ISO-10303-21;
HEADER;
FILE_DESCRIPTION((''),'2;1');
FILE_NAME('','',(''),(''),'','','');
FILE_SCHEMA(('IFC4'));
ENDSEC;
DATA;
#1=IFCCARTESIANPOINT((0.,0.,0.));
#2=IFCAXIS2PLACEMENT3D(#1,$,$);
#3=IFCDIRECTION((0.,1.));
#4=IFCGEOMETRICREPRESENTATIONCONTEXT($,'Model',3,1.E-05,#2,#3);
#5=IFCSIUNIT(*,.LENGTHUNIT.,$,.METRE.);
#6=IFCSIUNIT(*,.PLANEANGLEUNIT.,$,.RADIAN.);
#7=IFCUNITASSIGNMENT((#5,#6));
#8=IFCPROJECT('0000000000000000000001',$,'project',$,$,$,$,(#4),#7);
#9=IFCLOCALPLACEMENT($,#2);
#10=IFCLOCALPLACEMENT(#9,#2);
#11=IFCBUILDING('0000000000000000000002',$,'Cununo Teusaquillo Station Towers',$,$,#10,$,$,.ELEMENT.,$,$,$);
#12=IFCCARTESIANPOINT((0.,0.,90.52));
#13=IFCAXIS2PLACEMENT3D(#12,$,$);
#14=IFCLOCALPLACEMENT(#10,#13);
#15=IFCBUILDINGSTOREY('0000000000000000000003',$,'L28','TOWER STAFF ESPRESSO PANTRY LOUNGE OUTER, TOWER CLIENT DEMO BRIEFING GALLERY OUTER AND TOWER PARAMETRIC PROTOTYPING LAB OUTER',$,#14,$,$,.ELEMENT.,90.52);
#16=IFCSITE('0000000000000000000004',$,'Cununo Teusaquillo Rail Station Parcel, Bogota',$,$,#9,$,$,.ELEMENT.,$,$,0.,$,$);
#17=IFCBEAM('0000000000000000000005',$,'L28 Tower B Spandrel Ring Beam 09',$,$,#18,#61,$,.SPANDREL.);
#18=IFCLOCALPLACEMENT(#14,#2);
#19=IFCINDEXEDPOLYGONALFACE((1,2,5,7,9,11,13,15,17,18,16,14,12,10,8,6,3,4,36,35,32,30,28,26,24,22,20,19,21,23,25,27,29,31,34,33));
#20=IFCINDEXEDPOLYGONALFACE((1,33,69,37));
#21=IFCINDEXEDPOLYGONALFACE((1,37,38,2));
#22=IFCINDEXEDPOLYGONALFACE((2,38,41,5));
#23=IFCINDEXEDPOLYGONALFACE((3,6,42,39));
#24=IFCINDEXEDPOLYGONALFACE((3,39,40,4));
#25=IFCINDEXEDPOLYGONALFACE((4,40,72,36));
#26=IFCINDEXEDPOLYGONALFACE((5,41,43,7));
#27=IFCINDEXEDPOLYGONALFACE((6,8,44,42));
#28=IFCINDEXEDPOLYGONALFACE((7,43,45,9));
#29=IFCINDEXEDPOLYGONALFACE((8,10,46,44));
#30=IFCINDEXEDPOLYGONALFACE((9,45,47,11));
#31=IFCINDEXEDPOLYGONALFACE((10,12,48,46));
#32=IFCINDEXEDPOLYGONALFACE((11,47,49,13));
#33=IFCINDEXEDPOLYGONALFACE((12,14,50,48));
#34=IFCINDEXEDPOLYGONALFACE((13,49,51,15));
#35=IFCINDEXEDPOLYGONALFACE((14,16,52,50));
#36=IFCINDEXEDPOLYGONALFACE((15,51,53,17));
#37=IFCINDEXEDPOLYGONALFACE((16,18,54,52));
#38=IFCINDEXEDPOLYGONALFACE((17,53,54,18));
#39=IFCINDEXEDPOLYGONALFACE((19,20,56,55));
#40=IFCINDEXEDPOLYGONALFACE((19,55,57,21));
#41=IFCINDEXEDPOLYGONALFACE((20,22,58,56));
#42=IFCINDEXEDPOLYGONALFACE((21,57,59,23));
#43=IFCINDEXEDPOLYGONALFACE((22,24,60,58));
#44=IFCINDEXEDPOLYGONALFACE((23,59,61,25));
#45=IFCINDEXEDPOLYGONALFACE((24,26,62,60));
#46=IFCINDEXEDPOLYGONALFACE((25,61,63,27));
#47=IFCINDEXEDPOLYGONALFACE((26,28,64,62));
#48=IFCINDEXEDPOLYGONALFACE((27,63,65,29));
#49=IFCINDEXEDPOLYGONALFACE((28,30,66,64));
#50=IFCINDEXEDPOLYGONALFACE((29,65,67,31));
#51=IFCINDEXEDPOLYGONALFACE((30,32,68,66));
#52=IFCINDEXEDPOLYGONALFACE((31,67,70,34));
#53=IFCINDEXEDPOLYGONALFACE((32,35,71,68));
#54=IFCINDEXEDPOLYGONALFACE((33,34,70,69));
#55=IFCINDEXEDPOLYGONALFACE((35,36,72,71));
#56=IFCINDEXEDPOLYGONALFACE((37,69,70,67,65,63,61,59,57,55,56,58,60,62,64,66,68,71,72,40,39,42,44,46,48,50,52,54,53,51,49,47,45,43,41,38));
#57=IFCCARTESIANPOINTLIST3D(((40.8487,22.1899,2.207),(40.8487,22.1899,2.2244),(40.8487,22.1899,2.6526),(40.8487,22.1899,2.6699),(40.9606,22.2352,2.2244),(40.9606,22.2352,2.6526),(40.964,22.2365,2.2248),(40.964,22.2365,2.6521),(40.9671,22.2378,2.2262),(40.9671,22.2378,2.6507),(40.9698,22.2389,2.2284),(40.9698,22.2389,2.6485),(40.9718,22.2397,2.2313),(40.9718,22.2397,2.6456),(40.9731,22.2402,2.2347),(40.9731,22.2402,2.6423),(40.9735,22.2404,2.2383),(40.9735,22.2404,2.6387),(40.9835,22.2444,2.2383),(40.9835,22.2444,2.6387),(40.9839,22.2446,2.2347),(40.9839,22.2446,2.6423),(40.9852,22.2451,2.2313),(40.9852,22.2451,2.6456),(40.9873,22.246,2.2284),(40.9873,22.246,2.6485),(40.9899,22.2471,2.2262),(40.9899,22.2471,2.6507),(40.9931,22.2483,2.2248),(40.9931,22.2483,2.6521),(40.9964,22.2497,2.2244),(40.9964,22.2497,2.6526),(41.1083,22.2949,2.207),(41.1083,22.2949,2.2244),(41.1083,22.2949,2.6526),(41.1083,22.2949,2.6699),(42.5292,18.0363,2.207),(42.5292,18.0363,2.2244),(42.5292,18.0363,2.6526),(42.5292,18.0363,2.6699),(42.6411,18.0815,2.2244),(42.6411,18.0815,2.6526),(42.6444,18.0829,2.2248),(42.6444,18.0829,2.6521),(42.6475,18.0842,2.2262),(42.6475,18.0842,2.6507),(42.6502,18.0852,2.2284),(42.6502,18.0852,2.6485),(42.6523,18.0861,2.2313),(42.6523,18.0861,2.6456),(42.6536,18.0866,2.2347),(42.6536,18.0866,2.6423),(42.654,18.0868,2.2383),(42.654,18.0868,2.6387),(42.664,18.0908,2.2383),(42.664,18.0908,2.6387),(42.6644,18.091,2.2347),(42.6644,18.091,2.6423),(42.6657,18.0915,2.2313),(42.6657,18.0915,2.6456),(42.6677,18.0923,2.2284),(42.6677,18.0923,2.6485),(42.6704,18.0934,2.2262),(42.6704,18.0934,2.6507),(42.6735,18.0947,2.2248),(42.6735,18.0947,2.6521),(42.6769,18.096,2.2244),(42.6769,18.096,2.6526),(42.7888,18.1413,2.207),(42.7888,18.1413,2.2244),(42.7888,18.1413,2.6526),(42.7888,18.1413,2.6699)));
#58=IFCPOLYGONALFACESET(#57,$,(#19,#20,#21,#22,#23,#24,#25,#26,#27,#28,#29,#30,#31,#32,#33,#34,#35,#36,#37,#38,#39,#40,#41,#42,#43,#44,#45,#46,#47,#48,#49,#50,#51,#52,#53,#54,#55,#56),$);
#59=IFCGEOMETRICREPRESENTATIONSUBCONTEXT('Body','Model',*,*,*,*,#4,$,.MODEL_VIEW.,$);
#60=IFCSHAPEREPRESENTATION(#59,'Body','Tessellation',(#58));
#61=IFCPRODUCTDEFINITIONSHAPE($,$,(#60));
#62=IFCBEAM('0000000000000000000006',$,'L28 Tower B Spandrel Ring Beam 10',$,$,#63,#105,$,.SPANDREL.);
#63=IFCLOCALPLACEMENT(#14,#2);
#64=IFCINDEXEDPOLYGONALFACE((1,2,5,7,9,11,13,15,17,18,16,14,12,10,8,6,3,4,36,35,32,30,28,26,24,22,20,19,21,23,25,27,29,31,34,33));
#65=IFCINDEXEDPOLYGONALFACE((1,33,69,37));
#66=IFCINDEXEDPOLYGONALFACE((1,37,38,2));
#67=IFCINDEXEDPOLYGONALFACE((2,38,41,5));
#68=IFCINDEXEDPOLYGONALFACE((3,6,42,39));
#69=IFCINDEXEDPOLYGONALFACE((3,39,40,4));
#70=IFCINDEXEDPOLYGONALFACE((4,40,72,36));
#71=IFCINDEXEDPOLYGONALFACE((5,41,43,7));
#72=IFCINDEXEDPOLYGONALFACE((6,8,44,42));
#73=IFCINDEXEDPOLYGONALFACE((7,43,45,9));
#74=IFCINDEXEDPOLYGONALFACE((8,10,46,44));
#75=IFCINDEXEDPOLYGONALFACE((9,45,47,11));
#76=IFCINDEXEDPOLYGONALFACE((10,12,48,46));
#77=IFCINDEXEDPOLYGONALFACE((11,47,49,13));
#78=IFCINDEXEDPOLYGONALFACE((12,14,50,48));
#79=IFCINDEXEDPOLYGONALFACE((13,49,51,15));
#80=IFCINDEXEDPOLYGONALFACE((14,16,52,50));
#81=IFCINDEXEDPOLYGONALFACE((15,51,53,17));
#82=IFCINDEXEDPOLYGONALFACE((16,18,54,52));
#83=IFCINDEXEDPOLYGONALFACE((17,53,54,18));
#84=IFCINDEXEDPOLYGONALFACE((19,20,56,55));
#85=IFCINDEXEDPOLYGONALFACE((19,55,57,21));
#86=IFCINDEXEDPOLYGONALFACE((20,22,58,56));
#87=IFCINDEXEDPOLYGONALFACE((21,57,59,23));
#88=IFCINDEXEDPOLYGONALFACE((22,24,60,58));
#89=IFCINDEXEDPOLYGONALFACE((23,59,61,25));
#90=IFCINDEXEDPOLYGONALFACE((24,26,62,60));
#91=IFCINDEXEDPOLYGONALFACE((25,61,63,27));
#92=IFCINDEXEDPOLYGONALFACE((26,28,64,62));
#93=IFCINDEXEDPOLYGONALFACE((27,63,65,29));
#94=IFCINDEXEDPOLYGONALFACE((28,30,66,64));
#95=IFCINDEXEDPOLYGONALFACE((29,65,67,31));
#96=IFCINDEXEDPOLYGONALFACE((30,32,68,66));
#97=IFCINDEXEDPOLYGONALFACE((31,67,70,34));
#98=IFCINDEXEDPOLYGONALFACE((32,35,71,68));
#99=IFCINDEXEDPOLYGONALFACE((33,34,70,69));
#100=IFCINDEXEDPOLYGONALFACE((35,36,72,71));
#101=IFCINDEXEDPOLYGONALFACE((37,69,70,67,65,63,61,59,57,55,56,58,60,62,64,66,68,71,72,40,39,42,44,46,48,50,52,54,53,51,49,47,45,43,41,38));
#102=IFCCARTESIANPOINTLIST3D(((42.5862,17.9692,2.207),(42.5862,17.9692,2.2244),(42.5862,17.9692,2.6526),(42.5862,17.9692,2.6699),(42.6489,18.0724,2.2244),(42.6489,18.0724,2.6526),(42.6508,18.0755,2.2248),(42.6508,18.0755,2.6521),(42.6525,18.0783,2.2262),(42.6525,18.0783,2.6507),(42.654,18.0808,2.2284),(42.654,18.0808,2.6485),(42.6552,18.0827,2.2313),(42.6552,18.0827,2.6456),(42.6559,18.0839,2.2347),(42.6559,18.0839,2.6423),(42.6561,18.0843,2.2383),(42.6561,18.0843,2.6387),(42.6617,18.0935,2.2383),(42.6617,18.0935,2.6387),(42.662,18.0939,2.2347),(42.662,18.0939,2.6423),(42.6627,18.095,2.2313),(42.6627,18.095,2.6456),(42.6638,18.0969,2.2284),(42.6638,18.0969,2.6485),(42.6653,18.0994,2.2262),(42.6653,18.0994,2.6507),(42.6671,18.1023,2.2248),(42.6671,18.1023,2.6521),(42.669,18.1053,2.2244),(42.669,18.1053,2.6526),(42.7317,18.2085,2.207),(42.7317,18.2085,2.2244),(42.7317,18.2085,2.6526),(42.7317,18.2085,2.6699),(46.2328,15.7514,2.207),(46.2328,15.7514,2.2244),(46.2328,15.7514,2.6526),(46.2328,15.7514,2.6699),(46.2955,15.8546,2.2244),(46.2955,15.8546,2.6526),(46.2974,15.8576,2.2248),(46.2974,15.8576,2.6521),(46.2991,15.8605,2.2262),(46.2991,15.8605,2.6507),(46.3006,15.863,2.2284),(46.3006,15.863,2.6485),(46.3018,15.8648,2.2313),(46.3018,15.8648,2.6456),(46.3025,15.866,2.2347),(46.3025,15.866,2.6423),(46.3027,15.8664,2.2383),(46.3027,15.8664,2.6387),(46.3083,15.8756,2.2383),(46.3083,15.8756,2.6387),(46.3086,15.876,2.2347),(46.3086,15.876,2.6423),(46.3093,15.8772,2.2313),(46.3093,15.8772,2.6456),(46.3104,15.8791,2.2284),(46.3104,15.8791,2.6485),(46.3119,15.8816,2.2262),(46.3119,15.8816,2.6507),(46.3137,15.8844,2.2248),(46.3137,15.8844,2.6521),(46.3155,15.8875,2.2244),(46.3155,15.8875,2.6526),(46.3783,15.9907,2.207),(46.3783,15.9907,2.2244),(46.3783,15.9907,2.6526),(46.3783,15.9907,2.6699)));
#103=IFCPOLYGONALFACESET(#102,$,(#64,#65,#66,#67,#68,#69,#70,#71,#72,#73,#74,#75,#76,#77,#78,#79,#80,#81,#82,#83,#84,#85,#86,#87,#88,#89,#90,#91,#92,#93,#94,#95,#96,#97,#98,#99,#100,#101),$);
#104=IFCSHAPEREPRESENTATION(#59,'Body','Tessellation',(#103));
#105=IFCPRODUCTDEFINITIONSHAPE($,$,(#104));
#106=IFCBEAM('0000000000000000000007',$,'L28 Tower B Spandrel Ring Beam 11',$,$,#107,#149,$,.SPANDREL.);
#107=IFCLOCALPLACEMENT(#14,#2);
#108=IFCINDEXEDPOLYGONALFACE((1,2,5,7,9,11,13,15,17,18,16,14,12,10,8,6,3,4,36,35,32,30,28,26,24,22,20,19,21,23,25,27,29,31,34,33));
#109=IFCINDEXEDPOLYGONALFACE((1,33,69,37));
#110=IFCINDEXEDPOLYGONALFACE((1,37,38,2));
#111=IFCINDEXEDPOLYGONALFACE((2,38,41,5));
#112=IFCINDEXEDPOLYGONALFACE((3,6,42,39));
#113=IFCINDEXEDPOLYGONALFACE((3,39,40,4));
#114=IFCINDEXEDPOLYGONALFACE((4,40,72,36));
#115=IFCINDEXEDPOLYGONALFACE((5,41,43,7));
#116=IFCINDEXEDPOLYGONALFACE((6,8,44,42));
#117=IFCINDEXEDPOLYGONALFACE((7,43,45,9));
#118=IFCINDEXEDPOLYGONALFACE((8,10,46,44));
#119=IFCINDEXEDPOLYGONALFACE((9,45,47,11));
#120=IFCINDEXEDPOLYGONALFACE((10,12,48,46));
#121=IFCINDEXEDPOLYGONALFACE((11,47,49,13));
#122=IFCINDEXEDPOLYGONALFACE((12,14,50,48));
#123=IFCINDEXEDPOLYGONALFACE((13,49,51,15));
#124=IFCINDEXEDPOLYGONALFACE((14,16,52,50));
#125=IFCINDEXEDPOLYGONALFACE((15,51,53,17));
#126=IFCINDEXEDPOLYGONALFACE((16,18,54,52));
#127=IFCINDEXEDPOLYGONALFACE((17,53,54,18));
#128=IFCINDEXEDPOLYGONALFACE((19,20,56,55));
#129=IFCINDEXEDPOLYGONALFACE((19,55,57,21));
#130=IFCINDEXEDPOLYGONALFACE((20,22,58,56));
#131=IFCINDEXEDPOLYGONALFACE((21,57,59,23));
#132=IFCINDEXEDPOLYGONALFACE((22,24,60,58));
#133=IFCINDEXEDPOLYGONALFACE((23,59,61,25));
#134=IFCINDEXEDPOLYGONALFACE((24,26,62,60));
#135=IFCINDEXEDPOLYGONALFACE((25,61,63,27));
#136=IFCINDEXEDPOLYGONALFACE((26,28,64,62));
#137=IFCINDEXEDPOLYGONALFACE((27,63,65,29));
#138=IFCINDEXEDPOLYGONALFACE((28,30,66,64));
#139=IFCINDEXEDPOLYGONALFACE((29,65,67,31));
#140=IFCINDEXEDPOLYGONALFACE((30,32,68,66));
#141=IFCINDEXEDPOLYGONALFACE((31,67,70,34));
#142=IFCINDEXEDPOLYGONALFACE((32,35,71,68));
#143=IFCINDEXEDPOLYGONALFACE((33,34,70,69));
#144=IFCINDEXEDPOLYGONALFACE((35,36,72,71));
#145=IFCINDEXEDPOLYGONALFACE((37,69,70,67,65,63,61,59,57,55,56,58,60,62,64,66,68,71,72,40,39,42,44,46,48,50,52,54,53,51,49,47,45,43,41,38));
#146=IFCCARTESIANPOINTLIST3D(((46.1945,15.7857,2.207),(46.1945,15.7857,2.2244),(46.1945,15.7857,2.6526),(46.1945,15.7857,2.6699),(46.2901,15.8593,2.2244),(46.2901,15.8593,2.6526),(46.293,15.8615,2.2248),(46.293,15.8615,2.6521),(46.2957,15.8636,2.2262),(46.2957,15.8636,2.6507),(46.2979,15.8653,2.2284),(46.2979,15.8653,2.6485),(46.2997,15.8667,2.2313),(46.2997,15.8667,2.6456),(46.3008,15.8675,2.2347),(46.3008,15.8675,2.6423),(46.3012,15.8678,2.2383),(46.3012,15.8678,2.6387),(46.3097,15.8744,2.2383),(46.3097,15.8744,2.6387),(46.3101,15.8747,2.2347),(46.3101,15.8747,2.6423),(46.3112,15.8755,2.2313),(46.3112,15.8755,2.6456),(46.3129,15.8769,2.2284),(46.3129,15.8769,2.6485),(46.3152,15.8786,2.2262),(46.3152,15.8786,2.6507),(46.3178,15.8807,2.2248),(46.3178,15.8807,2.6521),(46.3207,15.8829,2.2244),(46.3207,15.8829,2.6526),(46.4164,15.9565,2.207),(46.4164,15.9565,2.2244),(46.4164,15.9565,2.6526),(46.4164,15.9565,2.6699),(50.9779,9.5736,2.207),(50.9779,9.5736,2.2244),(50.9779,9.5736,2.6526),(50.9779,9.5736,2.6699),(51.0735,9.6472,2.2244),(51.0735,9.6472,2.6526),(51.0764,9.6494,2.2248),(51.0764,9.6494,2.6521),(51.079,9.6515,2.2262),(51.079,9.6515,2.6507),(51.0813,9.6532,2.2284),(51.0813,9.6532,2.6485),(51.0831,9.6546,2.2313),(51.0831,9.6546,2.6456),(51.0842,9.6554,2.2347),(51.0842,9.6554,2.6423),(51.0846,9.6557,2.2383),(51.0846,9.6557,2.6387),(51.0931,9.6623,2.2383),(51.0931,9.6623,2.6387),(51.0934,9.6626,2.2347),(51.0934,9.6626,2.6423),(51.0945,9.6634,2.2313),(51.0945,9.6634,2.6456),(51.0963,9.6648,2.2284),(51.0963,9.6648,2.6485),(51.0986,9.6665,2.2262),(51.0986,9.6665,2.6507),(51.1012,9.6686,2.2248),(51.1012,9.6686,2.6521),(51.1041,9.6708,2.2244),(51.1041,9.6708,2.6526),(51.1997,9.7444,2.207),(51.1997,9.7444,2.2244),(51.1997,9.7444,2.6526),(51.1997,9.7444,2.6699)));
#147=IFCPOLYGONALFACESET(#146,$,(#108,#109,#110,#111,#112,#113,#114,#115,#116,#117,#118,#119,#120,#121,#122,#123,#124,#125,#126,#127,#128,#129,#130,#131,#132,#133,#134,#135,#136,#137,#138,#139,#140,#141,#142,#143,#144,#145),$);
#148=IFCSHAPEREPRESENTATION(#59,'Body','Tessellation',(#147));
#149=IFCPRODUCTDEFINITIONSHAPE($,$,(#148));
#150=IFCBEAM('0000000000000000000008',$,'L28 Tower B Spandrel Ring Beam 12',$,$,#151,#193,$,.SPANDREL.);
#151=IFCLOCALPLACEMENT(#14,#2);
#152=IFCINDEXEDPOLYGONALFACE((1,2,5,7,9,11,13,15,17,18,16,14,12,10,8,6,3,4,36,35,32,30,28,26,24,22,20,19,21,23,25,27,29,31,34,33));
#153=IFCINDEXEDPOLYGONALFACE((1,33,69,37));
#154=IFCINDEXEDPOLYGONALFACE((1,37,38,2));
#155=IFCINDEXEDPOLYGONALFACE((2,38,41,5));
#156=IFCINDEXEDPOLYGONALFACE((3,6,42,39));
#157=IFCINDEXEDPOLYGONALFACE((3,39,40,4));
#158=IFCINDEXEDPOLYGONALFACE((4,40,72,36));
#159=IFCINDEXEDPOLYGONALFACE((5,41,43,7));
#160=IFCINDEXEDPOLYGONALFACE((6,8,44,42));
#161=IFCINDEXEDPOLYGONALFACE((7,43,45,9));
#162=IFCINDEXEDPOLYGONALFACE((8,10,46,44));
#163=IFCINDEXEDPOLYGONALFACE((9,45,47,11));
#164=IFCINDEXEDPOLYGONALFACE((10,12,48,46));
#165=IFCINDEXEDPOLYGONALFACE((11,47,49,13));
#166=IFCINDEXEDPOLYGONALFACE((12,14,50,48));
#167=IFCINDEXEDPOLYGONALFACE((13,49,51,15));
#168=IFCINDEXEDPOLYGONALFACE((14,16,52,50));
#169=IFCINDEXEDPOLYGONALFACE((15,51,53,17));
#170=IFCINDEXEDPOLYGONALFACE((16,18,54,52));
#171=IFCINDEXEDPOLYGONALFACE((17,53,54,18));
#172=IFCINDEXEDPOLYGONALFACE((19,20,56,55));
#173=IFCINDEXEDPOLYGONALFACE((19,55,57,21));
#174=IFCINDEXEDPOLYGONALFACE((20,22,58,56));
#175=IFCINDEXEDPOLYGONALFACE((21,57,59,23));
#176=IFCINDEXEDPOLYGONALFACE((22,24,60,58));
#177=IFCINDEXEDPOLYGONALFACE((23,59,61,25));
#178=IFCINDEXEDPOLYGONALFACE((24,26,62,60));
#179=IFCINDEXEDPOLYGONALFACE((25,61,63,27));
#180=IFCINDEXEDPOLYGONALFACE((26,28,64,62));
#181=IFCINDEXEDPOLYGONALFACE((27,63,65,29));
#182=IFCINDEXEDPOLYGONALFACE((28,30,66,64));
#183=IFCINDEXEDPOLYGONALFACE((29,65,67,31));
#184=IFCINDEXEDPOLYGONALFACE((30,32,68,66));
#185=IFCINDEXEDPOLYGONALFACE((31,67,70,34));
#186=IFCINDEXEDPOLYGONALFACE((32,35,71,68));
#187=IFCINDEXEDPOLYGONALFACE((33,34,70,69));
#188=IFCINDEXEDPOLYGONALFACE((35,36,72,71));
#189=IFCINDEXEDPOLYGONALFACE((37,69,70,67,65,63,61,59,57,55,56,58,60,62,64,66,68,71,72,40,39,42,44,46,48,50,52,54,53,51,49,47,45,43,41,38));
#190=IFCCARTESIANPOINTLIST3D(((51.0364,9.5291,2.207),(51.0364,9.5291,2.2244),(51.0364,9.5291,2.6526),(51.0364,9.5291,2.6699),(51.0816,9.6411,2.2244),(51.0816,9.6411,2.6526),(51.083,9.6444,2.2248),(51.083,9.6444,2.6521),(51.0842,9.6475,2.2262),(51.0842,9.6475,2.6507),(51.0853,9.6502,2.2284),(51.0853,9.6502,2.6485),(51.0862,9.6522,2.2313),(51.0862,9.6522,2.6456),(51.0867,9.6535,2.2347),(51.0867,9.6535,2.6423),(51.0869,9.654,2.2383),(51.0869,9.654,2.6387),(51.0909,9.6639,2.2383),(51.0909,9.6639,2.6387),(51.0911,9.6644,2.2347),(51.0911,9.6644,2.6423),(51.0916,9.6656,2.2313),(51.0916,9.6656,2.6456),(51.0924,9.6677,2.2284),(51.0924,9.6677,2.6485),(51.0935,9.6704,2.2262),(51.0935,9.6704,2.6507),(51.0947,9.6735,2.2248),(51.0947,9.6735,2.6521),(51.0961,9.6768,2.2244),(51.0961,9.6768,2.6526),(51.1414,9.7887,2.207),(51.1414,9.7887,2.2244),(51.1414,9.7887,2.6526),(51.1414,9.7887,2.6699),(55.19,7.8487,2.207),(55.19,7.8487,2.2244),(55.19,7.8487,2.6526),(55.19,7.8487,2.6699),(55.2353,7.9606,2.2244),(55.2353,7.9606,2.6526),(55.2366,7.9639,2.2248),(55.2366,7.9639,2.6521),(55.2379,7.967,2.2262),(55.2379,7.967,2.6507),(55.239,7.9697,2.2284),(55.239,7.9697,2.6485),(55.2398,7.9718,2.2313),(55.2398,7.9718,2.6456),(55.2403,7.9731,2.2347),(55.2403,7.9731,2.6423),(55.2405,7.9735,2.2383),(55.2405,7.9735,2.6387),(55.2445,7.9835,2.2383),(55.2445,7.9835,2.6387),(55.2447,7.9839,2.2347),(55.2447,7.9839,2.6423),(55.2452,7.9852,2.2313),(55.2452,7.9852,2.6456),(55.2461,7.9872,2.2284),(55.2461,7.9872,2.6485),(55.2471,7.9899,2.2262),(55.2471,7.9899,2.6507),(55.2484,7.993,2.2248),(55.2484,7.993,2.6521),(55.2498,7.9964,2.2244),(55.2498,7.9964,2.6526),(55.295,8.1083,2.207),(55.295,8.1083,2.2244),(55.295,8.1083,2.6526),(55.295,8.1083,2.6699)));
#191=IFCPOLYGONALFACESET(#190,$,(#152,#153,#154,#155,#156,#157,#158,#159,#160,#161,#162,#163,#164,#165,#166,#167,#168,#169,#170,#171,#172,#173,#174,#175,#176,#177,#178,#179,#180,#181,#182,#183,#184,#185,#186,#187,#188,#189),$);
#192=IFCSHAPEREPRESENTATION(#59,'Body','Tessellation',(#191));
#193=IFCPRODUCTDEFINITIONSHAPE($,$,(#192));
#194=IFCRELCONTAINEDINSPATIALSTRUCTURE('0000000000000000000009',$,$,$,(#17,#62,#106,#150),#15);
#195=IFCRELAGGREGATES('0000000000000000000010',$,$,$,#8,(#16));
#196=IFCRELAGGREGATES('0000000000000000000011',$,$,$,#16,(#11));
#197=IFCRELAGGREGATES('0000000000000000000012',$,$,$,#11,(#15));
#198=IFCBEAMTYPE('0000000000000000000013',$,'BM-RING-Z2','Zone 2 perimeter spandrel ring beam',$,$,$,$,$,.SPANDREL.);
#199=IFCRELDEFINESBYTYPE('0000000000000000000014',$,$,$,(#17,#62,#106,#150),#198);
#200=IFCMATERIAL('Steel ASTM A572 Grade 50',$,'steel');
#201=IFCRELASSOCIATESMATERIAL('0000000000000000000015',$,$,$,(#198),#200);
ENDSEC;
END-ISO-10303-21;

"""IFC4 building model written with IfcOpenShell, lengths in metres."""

from ifc_helpers import new_model, si_unit, direction, frame, origin, origin_2d, place, context, subcontext, project, spatial, i_section, extrude, material, material_profile, profile_set, type_object, element, save


model = new_model("IFC4")

# Units and contexts
model_context = context("Model", 3, precision=1e-05, world=origin(), true_north=direction((0.0, 1.0)))
body_context = subcontext(model_context, "Body", "Model", "MODEL_VIEW")
ifc_project = project(units=[si_unit("LENGTHUNIT", "METRE"), si_unit("PLANEANGLEUNIT", "RADIAN")], contexts=[model_context])

# Site, building, storey
site_placement = place(None, origin())
site = spatial("IfcSite", under=ifc_project, at=site_placement, Name="Cununo Teusaquillo Rail Station Parcel, Bogota", CompositionType="ELEMENT", RefElevation=0.0)
building_placement = place(site_placement, origin())
building = spatial("IfcBuilding", under=site, at=building_placement, Name="Cununo Teusaquillo Station Towers", CompositionType="ELEMENT")
storey_placement = place(building_placement, frame((0.0, 0.0, 90.52)))
storey = spatial("IfcBuildingStorey", under=building, at=storey_placement, Name="L28", Description="TOWER STAFF ESPRESSO PANTRY LOUNGE OUTER, TOWER CLIENT DEMO BRIEFING GALLERY OUTER AND TOWER PARAMETRIC PROTOTYPING LAB OUTER", CompositionType="ELEMENT", Elevation=90.52)

# Beams
ifc_material_1 = material(Name="Steel ASTM A572 Grade 50", Category="steel")
ifc_material_profile_1 = material_profile(ifc_material_1, i_section(OverallWidth=0.28, OverallDepth=0.4629, WebThickness=0.0107, FlangeThickness=0.0173, FilletRadius=0.0139, at=origin_2d()), Name="W18X76")
ifc_profile_set_1 = profile_set([ifc_material_profile_1], Name="Steel ASTM A572 Grade 50")
beam_type_1 = type_object("IfcBeamType", Name="BM-RING-Z2", Description="Zone 2 perimeter spandrel ring beam", PredefinedType="SPANDREL", material=ifc_profile_set_1)
beam_1_placement = place(storey_placement, frame((40.9785, 22.2424, 2.4385), z_axis=(0.375042, -0.927008, 0.0), x_axis=(0.927008, 0.375042, 0.0)))
element("IfcBeam", 1, at=beam_1_placement, inside=storey, type_object=beam_type_1, Name="L28 Tower B Spandrel Ring Beam 09", PredefinedType="SPANDREL", context=body_context, shape_type="SweptSolid", body=[
    extrude(i_section(OverallWidth=0.28, OverallDepth=0.4629, WebThickness=0.0107, FlangeThickness=0.0173, FilletRadius=0.0139, at=origin_2d()), origin(), (0.0, 0.0, 1.0), 4.4807),
])
beam_2_placement = place(storey_placement, frame((42.6589, 18.0889, 2.4385), z_axis=(0.854388, -0.519635, 0.0), x_axis=(0.519635, 0.854388, 0.0)))
element("IfcBeam", 2, at=beam_2_placement, inside=storey, type_object=beam_type_1, Name="L28 Tower B Spandrel Ring Beam 10", PredefinedType="SPANDREL", context=body_context, shape_type="SweptSolid", body=[
    extrude(i_section(OverallWidth=0.28, OverallDepth=0.4629, WebThickness=0.0107, FlangeThickness=0.0173, FilletRadius=0.0139, at=origin_2d()), origin(), (0.0, 0.0, 1.0), 4.2681),
])
beam_3_placement = place(storey_placement, frame((46.3054, 15.8711, 2.4385), z_axis=(0.6101, -0.792324, 0.0), x_axis=(0.792324, 0.6101, 0.0)))
element("IfcBeam", 3, at=beam_3_placement, inside=storey, type_object=beam_type_1, Name="L28 Tower B Spandrel Ring Beam 11", PredefinedType="SPANDREL", context=body_context, shape_type="SweptSolid", body=[
    extrude(i_section(OverallWidth=0.28, OverallDepth=0.4629, WebThickness=0.0107, FlangeThickness=0.0173, FilletRadius=0.0139, at=origin_2d()), origin(), (0.0, 0.0, 1.0), 7.8403),
])
beam_4_placement = place(storey_placement, frame((51.0889, 9.6589, 2.4385), z_axis=(0.927008, -0.375042, 0.0), x_axis=(0.375042, 0.927008, 0.0)))
element("IfcBeam", 4, at=beam_4_placement, inside=storey, type_object=beam_type_1, Name="L28 Tower B Spandrel Ring Beam 12", PredefinedType="SPANDREL", context=body_context, shape_type="SweptSolid", body=[
    extrude(i_section(OverallWidth=0.28, OverallDepth=0.4629, WebThickness=0.0107, FlangeThickness=0.0173, FilletRadius=0.0139, at=origin_2d()), origin(), (0.0, 0.0, 1.0), 4.4807),
])

save(model, "model.ifc")
